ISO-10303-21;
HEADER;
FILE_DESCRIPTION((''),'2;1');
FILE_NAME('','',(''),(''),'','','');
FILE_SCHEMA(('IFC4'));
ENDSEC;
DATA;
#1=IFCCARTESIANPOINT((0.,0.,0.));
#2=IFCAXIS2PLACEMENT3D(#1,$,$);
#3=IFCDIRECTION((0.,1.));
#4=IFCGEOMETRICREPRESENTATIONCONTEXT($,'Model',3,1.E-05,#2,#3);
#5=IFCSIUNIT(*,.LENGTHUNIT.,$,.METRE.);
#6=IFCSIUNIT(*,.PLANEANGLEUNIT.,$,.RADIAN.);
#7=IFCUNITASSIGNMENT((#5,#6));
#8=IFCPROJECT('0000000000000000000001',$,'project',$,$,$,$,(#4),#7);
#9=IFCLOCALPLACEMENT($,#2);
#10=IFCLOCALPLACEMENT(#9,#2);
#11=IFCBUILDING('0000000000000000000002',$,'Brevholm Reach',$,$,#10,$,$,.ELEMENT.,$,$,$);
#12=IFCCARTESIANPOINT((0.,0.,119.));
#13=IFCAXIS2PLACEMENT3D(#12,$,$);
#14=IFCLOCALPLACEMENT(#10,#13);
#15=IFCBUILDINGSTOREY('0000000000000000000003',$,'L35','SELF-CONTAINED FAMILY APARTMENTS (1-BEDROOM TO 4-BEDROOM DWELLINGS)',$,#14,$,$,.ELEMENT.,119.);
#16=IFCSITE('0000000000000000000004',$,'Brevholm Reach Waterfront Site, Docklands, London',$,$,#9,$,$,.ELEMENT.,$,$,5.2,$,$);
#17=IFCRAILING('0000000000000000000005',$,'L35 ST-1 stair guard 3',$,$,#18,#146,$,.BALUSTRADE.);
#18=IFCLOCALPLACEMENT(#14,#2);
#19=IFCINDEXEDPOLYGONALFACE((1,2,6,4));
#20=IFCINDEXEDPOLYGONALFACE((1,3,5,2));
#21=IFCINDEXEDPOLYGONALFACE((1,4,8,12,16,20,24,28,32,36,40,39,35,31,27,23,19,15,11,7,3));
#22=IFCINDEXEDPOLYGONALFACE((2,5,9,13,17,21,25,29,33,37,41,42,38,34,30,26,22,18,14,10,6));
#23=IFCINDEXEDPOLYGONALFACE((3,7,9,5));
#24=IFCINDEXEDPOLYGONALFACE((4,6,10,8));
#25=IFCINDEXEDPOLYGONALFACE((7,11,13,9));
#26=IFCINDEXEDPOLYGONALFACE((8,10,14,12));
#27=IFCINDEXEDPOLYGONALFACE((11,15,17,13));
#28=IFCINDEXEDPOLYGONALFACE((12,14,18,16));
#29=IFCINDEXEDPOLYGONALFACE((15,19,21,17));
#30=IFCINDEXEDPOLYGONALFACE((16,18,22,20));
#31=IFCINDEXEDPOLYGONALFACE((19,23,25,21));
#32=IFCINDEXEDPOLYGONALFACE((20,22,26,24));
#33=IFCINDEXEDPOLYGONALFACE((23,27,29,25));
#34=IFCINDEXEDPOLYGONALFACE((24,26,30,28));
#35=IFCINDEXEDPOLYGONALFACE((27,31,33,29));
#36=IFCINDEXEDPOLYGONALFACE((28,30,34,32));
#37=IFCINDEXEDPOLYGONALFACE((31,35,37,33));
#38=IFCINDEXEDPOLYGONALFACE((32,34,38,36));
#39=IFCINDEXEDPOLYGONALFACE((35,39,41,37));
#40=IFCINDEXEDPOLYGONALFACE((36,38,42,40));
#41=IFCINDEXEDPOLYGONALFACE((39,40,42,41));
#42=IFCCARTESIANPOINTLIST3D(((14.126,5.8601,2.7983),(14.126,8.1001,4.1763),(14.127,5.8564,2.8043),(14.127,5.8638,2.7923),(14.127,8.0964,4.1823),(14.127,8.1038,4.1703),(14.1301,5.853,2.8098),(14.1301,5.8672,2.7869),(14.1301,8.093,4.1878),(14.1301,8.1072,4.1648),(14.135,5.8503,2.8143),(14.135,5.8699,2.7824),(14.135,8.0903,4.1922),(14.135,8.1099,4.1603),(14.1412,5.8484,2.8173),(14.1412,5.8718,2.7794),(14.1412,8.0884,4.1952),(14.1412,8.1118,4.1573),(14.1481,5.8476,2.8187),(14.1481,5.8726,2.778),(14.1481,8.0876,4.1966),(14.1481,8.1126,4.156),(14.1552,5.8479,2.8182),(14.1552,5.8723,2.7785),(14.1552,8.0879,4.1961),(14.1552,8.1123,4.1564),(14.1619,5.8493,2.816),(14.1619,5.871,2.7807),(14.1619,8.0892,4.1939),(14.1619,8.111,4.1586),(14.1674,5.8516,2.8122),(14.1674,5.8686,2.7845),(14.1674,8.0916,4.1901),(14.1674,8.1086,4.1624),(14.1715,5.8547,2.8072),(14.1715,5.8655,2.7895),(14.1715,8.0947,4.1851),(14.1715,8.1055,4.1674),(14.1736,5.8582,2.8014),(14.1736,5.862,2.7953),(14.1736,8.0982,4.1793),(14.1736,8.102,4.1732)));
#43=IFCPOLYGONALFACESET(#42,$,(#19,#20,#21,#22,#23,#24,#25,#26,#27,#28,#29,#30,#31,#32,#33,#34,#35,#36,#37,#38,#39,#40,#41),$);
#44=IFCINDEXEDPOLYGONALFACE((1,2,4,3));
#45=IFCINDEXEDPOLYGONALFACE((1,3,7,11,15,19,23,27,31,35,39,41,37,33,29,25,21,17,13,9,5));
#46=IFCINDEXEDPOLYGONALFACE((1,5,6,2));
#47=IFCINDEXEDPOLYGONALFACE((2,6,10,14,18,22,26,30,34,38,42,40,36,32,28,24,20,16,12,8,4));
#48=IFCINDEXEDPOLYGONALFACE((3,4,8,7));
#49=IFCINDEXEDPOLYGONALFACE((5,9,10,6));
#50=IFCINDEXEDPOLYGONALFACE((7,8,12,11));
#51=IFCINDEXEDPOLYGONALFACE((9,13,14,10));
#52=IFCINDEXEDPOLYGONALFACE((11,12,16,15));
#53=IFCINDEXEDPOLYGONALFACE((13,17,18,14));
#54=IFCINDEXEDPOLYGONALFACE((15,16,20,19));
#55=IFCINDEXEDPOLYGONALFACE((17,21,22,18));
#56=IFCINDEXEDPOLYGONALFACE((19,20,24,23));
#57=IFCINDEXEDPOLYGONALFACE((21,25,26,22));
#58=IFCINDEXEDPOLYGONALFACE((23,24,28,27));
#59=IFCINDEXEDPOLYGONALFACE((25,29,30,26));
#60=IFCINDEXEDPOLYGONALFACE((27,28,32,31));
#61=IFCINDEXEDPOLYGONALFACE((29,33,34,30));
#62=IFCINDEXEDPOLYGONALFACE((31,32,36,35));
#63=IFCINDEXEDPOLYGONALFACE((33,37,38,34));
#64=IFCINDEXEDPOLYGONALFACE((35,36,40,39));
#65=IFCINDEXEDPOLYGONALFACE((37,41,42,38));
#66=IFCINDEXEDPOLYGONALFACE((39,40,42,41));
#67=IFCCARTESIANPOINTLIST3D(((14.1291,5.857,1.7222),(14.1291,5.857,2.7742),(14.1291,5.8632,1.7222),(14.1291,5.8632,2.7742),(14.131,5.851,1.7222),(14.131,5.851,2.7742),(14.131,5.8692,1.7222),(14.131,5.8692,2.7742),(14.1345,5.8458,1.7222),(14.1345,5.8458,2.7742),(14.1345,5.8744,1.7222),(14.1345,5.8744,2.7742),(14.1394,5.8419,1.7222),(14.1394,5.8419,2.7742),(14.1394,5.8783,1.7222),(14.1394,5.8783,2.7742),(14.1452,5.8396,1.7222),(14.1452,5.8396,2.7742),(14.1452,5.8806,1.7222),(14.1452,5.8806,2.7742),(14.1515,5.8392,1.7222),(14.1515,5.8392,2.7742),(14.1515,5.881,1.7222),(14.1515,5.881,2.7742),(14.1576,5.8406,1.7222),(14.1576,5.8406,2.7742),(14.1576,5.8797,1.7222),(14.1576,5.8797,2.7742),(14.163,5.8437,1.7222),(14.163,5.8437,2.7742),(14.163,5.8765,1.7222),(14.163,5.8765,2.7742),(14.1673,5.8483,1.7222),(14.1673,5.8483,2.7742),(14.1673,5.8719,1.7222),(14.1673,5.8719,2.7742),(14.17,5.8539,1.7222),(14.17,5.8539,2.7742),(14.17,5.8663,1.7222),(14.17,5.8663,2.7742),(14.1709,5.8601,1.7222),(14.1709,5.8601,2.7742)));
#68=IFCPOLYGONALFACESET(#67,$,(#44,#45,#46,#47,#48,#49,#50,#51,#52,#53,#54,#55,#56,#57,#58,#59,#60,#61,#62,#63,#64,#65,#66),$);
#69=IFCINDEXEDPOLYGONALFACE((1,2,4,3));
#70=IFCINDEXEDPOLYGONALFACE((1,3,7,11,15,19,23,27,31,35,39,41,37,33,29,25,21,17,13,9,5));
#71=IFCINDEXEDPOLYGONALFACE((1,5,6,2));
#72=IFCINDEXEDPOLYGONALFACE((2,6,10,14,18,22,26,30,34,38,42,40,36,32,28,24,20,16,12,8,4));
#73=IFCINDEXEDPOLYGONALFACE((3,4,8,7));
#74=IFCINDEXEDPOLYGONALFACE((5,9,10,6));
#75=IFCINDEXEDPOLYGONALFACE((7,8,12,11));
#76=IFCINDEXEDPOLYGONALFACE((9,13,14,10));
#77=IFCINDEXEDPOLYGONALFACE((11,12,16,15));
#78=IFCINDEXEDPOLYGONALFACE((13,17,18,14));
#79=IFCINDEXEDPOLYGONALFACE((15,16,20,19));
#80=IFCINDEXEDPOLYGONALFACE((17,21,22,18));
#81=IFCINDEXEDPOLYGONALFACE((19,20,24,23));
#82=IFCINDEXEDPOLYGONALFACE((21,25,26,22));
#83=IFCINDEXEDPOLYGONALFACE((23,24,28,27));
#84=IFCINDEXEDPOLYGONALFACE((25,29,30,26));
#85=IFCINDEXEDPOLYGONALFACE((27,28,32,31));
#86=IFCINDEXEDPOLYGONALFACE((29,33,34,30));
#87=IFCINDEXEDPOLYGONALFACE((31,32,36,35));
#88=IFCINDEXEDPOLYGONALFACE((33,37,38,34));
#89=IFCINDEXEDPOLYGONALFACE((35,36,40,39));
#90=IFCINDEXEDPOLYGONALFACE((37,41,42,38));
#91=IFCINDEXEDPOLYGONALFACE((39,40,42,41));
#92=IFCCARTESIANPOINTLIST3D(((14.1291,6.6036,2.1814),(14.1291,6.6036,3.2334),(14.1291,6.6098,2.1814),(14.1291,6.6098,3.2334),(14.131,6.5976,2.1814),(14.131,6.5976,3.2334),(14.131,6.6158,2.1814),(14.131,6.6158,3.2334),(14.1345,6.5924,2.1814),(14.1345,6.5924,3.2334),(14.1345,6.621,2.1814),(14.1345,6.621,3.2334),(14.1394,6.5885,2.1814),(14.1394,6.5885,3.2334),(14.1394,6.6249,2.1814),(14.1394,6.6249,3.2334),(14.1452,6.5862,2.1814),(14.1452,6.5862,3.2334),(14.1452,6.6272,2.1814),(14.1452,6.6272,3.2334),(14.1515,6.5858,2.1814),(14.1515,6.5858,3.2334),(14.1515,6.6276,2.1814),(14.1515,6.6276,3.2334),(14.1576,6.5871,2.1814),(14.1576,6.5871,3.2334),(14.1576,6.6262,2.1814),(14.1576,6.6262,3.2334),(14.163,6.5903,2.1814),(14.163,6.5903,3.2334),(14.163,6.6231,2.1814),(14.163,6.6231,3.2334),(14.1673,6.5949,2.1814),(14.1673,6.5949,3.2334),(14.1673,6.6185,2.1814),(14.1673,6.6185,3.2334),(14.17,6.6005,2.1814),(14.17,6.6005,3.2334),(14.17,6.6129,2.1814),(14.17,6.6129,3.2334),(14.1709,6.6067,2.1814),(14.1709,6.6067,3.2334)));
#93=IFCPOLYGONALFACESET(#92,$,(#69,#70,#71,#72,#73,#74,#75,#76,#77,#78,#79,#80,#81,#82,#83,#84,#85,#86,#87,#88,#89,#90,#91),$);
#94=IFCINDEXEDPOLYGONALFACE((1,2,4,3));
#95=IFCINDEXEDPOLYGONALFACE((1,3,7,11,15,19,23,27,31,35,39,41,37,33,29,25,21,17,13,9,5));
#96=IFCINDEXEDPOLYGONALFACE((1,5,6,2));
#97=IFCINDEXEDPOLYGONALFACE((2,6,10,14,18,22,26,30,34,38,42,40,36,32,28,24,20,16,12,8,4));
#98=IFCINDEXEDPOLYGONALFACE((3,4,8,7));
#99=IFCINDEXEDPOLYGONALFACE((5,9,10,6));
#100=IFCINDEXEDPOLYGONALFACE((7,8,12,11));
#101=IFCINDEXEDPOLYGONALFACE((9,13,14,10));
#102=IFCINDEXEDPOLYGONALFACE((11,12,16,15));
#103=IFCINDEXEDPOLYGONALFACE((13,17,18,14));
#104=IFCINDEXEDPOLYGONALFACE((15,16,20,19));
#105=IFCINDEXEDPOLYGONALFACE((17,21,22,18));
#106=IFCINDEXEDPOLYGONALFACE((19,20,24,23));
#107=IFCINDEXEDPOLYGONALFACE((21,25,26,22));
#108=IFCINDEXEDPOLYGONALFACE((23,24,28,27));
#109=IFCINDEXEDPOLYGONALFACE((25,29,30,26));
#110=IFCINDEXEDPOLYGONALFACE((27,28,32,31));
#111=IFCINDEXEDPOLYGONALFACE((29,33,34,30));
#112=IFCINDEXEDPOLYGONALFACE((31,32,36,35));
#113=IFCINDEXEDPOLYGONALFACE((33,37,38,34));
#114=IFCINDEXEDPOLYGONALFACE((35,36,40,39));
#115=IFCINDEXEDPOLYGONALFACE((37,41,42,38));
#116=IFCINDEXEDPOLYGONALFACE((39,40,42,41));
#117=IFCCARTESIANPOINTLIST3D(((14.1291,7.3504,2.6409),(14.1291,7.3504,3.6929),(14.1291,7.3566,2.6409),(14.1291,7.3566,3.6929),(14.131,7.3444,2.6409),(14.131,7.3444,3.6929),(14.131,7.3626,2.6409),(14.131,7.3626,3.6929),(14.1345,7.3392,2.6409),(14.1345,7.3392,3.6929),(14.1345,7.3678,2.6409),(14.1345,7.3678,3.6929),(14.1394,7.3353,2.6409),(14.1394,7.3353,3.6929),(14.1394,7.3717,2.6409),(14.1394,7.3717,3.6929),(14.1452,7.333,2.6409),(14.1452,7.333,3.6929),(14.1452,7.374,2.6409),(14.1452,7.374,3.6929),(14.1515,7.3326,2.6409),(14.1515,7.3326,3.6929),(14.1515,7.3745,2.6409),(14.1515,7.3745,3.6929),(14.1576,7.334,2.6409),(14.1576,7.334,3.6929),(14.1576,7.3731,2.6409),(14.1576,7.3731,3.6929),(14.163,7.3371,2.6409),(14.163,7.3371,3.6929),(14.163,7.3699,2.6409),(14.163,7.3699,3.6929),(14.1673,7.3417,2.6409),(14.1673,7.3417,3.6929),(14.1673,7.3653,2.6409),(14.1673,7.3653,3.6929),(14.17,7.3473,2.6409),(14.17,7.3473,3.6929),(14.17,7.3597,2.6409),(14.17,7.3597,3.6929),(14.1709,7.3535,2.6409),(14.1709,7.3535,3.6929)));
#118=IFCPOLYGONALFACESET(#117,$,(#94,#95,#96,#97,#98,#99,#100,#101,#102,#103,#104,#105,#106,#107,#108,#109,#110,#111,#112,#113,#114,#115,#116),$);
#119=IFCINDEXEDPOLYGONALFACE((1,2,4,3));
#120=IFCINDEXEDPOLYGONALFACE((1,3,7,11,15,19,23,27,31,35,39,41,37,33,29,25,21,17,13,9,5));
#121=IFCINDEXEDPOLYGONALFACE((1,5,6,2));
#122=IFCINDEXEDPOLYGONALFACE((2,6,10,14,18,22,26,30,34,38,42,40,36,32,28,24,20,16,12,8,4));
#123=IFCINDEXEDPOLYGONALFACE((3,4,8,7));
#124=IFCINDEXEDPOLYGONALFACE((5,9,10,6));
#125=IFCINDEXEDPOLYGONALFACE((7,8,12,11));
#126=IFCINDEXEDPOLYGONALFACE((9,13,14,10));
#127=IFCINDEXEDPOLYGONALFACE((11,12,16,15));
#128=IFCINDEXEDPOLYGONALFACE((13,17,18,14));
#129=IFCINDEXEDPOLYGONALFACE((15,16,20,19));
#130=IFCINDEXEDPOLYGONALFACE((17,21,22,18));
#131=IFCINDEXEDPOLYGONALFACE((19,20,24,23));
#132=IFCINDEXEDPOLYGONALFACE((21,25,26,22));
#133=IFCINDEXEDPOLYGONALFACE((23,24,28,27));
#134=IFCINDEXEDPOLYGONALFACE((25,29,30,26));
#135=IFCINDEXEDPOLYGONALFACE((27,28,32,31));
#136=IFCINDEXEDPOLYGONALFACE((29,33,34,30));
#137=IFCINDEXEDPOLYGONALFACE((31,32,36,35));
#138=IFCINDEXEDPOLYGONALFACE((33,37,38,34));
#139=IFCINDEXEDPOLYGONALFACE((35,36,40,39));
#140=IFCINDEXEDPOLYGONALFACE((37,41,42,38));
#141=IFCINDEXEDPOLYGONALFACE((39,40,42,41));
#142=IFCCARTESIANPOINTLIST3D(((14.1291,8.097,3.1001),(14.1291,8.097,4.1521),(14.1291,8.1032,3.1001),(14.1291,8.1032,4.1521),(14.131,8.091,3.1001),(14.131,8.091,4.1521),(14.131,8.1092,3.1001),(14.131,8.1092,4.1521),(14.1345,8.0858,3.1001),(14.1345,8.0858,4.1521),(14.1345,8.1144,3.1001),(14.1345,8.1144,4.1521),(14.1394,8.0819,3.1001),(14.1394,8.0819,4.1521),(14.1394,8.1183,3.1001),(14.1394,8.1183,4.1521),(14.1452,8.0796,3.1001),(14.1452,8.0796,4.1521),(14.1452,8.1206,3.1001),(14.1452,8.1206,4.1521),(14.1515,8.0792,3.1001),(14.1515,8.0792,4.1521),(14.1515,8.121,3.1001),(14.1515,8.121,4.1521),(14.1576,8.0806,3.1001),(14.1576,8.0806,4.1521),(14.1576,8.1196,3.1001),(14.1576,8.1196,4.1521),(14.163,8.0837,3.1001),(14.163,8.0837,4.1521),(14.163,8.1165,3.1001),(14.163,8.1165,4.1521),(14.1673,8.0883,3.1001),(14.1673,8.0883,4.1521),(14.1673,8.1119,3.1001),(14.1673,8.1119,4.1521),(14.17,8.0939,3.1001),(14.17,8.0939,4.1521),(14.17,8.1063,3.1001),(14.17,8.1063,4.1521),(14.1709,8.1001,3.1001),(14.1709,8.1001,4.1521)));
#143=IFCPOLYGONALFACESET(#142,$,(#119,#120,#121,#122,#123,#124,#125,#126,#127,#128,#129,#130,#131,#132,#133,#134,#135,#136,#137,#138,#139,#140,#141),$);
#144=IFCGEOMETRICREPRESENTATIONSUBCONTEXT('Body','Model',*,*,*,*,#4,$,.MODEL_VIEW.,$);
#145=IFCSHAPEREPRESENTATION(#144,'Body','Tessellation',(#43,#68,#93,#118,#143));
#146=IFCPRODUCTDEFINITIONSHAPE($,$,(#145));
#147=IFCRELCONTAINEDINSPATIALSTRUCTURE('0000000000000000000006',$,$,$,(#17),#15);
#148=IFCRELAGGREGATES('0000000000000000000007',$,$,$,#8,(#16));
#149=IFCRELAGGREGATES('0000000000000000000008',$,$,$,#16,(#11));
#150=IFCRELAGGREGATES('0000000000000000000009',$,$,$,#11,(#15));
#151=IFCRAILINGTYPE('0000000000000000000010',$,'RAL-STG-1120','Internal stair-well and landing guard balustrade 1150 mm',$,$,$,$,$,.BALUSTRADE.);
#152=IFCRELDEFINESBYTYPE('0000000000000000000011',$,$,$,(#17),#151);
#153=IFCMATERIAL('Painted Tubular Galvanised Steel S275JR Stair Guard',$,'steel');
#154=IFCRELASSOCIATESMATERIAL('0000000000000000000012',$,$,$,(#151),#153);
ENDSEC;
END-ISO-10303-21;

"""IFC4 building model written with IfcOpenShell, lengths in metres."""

from ifc_helpers import new_model, si_unit, direction, frame, origin, origin_2d, place, context, subcontext, project, spatial, circle, extrude, material, type_object, element, save


model = new_model("IFC4")

# Units and contexts
model_context = context("Model", 3, precision=1e-05, world=origin(), true_north=direction((0.0, 1.0)))
body_context = subcontext(model_context, "Body", "Model", "MODEL_VIEW")
ifc_project = project(units=[si_unit("LENGTHUNIT", "METRE"), si_unit("PLANEANGLEUNIT", "RADIAN")], contexts=[model_context])

# Site, building, storey
site_placement = place(None, origin())
site = spatial("IfcSite", under=ifc_project, at=site_placement, Name="Brevholm Reach Waterfront Site, Docklands, London", CompositionType="ELEMENT", RefElevation=5.2)
building_placement = place(site_placement, origin())
building = spatial("IfcBuilding", under=site, at=building_placement, Name="Brevholm Reach", CompositionType="ELEMENT")
storey_placement = place(building_placement, frame((0.0, 0.0, 119.0)))
storey = spatial("IfcBuildingStorey", under=building, at=storey_placement, Name="L35", Description="SELF-CONTAINED FAMILY APARTMENTS (1-BEDROOM TO 4-BEDROOM DWELLINGS)", CompositionType="ELEMENT", Elevation=119.0)

# Railing
ifc_material_1 = material(Name="Painted Tubular Galvanised Steel S275JR Stair Guard", Category="steel")
railing_type_1 = type_object("IfcRailingType", Name="RAL-STG-1120", Description="Internal stair-well and landing guard balustrade 1150 mm", PredefinedType="BALUSTRADE", material=ifc_material_1)
railing_1_placement = place(storey_placement, frame((14.1499, 5.8601, 1.7222)))
element("IfcRailing", 1, at=railing_1_placement, inside=storey, type_object=railing_type_1, Name="L35 ST-1 stair guard 3", PredefinedType="BALUSTRADE", context=body_context, shape_type="SweptSolid", body=[
    extrude(circle(Radius=0.0239, at=origin_2d()), frame((0.0, 0.0, 1.0762), z_axis=(0.0, 0.851748, 0.523952), x_axis=(-1.0, 0.0, 0.0)), (0.0, 0.0, 1.0), 2.6299),
    extrude(circle(Radius=0.021, at=origin_2d()), origin(), (0.0, 0.0, 1.0), 1.052),
    extrude(circle(Radius=0.021, at=origin_2d()), frame((0.0, 0.7466, 0.4592)), (0.0, 0.0, 1.0), 1.052),
    extrude(circle(Radius=0.021, at=origin_2d()), frame((0.0, 1.4934, 0.9187)), (0.0, 0.0, 1.0), 1.052),
    extrude(circle(Radius=0.021, at=origin_2d()), frame((0.0, 2.24, 1.3779)), (0.0, 0.0, 1.0), 1.052),
])

save(model, "model.ifc")
